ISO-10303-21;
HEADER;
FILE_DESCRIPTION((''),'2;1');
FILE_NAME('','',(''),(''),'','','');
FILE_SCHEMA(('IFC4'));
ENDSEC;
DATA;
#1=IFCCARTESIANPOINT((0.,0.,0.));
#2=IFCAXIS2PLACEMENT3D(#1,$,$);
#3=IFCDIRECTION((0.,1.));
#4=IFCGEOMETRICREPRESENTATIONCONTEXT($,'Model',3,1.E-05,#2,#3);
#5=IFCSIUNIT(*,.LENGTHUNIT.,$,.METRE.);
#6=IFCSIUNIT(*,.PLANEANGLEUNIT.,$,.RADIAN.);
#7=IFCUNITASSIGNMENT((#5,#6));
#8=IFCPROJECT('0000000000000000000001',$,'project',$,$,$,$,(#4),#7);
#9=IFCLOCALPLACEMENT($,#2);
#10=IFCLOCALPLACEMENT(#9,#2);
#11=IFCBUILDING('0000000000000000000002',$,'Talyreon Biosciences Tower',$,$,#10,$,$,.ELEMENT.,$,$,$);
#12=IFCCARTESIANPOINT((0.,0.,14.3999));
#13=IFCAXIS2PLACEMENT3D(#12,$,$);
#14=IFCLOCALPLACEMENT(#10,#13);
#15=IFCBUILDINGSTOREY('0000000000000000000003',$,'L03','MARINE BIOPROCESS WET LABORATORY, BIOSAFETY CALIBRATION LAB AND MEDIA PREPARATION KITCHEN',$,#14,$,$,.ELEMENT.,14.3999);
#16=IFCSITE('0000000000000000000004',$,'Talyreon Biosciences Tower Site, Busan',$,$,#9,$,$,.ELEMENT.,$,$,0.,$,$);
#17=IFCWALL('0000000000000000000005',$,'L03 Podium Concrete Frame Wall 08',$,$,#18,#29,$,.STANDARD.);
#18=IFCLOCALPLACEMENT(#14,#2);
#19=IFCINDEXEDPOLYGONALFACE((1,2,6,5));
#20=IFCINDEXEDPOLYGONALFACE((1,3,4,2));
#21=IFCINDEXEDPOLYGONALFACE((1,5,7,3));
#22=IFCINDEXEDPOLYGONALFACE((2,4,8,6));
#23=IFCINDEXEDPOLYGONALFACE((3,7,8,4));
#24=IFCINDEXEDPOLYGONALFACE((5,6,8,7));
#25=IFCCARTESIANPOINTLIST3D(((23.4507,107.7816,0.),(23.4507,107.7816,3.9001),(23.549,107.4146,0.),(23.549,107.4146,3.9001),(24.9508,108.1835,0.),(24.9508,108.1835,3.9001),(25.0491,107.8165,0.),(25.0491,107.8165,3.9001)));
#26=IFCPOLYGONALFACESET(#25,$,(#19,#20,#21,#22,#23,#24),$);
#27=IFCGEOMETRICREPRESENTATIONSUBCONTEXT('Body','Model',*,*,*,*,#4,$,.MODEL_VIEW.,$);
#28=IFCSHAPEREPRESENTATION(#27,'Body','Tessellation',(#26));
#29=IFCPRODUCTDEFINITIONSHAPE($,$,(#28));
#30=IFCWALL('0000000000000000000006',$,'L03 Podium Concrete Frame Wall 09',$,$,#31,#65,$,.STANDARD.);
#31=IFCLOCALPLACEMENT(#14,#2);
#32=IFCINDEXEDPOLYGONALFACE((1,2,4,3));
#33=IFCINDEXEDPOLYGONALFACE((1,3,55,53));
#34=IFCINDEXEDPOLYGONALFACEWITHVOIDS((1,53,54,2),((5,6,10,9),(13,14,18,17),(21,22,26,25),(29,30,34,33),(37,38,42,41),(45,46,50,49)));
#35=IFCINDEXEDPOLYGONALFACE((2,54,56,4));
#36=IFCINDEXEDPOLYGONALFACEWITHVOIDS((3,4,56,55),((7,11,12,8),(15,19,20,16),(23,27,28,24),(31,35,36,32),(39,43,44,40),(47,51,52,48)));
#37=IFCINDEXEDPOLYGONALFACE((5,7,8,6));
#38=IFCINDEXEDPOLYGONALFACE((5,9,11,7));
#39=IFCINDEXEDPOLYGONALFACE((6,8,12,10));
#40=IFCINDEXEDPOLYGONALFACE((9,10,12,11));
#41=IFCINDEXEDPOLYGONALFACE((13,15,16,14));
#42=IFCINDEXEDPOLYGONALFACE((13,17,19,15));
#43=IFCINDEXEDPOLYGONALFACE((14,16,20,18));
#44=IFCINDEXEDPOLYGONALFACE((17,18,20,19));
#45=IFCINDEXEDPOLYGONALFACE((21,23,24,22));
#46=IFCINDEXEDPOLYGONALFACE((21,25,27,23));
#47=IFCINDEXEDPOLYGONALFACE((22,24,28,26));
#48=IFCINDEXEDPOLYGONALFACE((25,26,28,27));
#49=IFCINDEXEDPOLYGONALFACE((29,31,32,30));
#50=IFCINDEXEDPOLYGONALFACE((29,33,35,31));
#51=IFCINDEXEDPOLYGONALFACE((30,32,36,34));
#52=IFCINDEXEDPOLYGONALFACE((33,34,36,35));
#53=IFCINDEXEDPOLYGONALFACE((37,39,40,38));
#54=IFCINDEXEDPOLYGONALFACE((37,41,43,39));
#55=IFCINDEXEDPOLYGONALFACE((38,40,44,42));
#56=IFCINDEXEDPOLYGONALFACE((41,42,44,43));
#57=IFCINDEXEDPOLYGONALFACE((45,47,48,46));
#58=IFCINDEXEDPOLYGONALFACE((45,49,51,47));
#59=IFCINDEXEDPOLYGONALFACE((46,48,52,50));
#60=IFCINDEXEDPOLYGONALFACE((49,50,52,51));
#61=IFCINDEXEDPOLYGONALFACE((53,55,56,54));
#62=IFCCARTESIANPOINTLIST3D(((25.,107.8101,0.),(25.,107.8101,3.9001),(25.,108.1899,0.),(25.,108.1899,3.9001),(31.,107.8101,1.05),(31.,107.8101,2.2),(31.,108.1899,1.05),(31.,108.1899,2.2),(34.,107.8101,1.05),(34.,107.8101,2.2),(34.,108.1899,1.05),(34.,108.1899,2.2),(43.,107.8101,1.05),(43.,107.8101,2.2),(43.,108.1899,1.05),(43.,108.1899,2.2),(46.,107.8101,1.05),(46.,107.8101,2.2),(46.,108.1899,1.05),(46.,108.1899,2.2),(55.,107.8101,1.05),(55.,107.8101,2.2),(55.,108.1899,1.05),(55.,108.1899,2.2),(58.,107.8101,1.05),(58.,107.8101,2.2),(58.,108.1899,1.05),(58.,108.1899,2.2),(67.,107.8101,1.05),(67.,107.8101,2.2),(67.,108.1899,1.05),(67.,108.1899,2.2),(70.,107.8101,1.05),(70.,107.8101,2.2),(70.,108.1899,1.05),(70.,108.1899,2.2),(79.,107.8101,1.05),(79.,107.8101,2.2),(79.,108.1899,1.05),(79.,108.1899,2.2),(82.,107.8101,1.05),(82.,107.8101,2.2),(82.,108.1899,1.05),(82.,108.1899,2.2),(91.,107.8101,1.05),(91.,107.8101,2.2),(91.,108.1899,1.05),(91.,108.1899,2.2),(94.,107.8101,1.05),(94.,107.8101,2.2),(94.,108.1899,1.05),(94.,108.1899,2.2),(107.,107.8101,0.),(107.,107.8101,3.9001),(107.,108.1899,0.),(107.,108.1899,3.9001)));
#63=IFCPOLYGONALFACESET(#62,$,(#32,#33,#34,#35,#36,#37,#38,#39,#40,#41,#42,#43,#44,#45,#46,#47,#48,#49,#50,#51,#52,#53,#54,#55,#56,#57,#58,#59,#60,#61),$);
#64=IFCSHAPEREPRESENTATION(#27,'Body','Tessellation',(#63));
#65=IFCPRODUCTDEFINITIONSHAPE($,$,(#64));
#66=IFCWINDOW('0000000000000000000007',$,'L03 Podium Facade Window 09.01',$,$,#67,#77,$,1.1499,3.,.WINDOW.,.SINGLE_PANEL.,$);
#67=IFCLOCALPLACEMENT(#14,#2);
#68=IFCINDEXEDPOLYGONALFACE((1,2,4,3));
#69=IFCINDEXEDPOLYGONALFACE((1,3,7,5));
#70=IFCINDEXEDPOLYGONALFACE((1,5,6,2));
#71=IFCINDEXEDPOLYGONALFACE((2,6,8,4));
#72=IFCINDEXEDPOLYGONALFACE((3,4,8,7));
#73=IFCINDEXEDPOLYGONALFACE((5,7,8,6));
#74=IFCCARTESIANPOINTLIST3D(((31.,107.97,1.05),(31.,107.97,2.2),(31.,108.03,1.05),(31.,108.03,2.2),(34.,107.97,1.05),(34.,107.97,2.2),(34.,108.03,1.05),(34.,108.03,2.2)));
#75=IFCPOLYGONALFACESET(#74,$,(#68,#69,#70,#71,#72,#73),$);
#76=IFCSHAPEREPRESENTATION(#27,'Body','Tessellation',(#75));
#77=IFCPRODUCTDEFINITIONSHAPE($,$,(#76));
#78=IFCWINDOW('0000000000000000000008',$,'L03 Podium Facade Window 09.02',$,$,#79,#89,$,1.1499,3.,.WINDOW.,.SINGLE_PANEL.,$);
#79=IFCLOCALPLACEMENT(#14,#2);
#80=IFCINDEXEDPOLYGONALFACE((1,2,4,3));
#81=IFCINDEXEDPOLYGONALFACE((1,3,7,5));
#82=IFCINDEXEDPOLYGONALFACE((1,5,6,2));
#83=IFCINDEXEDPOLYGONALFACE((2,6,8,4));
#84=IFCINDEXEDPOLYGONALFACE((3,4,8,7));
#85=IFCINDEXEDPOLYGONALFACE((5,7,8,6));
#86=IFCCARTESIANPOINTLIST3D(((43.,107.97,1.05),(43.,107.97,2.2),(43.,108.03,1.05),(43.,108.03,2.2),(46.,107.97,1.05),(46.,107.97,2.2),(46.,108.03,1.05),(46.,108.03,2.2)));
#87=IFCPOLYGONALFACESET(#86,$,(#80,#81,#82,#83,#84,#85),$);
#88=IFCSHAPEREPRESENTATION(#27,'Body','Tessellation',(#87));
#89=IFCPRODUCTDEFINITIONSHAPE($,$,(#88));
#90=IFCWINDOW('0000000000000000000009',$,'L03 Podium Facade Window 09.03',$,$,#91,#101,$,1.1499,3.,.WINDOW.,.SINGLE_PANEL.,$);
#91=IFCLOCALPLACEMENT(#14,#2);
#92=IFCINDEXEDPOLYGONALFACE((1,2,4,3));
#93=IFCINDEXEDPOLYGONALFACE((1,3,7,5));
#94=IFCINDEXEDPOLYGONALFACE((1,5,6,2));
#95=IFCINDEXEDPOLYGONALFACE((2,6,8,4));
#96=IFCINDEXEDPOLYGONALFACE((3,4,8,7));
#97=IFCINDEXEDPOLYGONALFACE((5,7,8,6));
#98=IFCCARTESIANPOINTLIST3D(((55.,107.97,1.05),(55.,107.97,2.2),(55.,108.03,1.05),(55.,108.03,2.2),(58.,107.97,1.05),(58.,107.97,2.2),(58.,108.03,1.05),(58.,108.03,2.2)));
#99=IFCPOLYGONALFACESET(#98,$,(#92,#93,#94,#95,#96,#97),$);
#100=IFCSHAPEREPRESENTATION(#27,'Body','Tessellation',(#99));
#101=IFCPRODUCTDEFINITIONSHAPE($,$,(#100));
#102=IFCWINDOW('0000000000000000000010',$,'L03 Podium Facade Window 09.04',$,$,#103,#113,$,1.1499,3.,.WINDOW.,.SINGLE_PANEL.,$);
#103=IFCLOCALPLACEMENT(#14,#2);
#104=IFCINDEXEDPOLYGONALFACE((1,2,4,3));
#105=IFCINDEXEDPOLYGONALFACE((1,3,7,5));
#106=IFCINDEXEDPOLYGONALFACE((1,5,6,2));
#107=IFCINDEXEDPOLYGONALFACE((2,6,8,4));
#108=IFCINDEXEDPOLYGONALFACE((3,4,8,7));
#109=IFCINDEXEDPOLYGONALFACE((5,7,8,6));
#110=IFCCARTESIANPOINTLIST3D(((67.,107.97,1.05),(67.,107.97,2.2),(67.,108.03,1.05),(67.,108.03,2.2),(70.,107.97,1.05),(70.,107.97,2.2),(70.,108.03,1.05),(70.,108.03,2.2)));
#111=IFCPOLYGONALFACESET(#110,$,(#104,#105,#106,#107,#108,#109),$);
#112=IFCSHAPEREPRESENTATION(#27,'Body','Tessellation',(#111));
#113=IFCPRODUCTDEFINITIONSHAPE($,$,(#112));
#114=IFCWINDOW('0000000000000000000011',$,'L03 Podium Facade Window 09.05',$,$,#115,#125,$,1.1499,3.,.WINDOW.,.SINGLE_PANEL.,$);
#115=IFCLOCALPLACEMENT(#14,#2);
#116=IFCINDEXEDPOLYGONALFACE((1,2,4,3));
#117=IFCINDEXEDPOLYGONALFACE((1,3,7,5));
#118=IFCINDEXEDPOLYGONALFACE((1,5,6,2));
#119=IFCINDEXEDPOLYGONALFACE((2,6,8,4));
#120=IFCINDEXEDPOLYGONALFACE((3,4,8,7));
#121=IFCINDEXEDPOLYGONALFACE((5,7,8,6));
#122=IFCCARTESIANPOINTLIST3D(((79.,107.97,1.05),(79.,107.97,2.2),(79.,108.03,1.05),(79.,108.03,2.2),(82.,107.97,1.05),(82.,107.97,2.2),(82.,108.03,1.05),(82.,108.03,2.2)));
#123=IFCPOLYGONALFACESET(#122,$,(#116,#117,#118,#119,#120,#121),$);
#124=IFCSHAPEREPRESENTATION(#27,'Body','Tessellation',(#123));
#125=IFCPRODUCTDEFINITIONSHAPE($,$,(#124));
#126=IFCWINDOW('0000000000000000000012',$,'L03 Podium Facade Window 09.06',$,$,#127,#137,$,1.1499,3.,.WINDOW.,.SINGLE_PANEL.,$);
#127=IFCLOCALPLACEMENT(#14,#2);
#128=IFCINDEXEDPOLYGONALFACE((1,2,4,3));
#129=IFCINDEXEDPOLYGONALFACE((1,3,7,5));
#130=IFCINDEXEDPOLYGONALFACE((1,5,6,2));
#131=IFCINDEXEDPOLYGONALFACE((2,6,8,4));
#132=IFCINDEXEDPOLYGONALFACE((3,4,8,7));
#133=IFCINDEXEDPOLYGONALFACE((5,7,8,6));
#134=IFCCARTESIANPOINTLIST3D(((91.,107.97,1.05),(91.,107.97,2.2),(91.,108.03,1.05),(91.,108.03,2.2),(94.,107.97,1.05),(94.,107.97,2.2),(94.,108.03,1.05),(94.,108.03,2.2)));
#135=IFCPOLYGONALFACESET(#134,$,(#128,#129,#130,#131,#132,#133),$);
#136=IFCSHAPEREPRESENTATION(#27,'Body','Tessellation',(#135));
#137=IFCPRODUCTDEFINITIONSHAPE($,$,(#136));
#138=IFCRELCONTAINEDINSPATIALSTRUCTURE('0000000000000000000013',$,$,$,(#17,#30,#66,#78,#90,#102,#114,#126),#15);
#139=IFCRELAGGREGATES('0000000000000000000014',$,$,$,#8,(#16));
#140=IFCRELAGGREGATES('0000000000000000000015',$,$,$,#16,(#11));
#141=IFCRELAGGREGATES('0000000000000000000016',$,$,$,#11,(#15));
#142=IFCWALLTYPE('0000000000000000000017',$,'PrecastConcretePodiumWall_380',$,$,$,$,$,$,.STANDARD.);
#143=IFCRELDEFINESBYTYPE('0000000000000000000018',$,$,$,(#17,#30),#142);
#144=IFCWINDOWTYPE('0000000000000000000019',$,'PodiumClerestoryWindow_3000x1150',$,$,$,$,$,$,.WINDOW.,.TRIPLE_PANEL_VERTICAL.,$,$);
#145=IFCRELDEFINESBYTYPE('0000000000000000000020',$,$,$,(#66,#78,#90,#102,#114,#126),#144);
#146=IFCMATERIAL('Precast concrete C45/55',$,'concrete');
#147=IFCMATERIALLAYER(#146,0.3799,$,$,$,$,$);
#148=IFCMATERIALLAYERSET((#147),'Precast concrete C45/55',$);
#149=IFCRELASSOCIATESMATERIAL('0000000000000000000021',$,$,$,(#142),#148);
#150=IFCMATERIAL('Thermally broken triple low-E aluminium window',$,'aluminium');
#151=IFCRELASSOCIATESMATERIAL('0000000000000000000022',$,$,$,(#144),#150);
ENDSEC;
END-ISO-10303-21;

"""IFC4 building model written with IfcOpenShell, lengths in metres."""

from ifc_helpers import new_model, si_unit, direction, frame, frame_2d, origin, place, context, subcontext, project, spatial, rectangle, extrude, material, layer, layer_set, type_object, element, fill, save


model = new_model("IFC4")

# Units and contexts
model_context = context("Model", 3, precision=1e-05, world=origin(), true_north=direction((0.0, 1.0)))
body_context = subcontext(model_context, "Body", "Model", "MODEL_VIEW")
ifc_project = project(units=[si_unit("LENGTHUNIT", "METRE"), si_unit("PLANEANGLEUNIT", "RADIAN")], contexts=[model_context])

# Site, building, storey
site_placement = place(None, origin())
site = spatial("IfcSite", under=ifc_project, at=site_placement, Name="Talyreon Biosciences Tower Site, Busan", CompositionType="ELEMENT", RefElevation=0.0)
building_placement = place(site_placement, origin())
building = spatial("IfcBuilding", under=site, at=building_placement, Name="Talyreon Biosciences Tower", CompositionType="ELEMENT")
storey_placement = place(building_placement, frame((0.0, 0.0, 14.3999)))
storey = spatial("IfcBuildingStorey", under=building, at=storey_placement, Name="L03", Description="MARINE BIOPROCESS WET LABORATORY, BIOSAFETY CALIBRATION LAB AND MEDIA PREPARATION KITCHEN", CompositionType="ELEMENT", Elevation=14.3999)

# Wall
ifc_material_1 = material(Name="Precast concrete C45/55", Category="concrete")
ifc_layer_1 = layer(ifc_material_1, 0.3799)
ifc_layer_set_1 = layer_set([ifc_layer_1], Name="Precast concrete C45/55")
wall_type_1 = type_object("IfcWallType", Name="PrecastConcretePodiumWall_380", PredefinedType="STANDARD", material=ifc_layer_set_1)
for number, where, z_axis, x_axis, name in (
    (1, (23.5, 107.5981, 0.0), (0.0, 0.0, 1.0), (0.965937, 0.258778, 0.0), "L03 Podium Concrete Frame Wall 08"),
):
    element("IfcWall", number, at=place(storey_placement, frame(where, z_axis=z_axis, x_axis=x_axis)), inside=storey, type_object=wall_type_1, Name=name, PredefinedType="STANDARD", context=body_context, shape_type="SweptSolid", body=[
        extrude(rectangle(XDim=1.553, YDim=0.3799, at=frame_2d((0.7764, 0.0))), origin(), (0.0, 0.0, 1.0), 3.9001),
    ])

# Wall, openings, windows
wall_1_placement = place(storey_placement, frame((25.0, 108.0, 0.0), z_axis=(0.0, 0.0, 1.0), x_axis=(1.0, 0.0, 0.0)))
wall_1 = element("IfcWall", 2, at=wall_1_placement, inside=storey, type_object=wall_type_1, Name="L03 Podium Concrete Frame Wall 09", PredefinedType="STANDARD", context=body_context, shape_type="SweptSolid", body=[
    extrude(rectangle(XDim=82.0, YDim=0.3799, at=frame_2d((41.0, 0.0))), origin(), (0.0, 0.0, 1.0), 3.9001),
])
opening_1_placement = place(wall_1_placement, frame((6.0, 0.0, 1.05)))
opening_1 = element("IfcOpeningElement", 3, at=opening_1_placement, cuts=wall_1, PredefinedType="OPENING", context=body_context, shape_type="SweptSolid", body=[
    extrude(rectangle(XDim=3.0, YDim=1.1499, at=frame_2d((1.5, 0.575))), frame((0.0, 0.2, 0.0), z_axis=(0.0, -1.0, 0.0), x_axis=(1.0, 0.0, 0.0)), (0.0, 0.0, 1.0), 0.3999),
])
opening_2_placement = place(wall_1_placement, frame((18.0, 0.0, 1.05)))
opening_2 = element("IfcOpeningElement", 4, at=opening_2_placement, cuts=wall_1, PredefinedType="OPENING", context=body_context, shape_type="SweptSolid", body=[
    extrude(rectangle(XDim=3.0, YDim=1.1499, at=frame_2d((1.5, 0.575))), frame((0.0, 0.2, 0.0), z_axis=(0.0, -1.0, 0.0), x_axis=(1.0, 0.0, 0.0)), (0.0, 0.0, 1.0), 0.3999),
])
opening_3_placement = place(wall_1_placement, frame((30.0, 0.0, 1.05)))
opening_3 = element("IfcOpeningElement", 5, at=opening_3_placement, cuts=wall_1, PredefinedType="OPENING", context=body_context, shape_type="SweptSolid", body=[
    extrude(rectangle(XDim=3.0, YDim=1.1499, at=frame_2d((1.5, 0.575))), frame((0.0, 0.2, 0.0), z_axis=(0.0, -1.0, 0.0), x_axis=(1.0, 0.0, 0.0)), (0.0, 0.0, 1.0), 0.3999),
])
opening_4_placement = place(wall_1_placement, frame((42.0, 0.0, 1.05)))
opening_4 = element("IfcOpeningElement", 6, at=opening_4_placement, cuts=wall_1, PredefinedType="OPENING", context=body_context, shape_type="SweptSolid", body=[
    extrude(rectangle(XDim=3.0, YDim=1.1499, at=frame_2d((1.5, 0.575))), frame((0.0, 0.2, 0.0), z_axis=(0.0, -1.0, 0.0), x_axis=(1.0, 0.0, 0.0)), (0.0, 0.0, 1.0), 0.3999),
])
opening_5_placement = place(wall_1_placement, frame((54.0, 0.0, 1.05)))
opening_5 = element("IfcOpeningElement", 7, at=opening_5_placement, cuts=wall_1, PredefinedType="OPENING", context=body_context, shape_type="SweptSolid", body=[
    extrude(rectangle(XDim=3.0, YDim=1.1499, at=frame_2d((1.5, 0.575))), frame((0.0, 0.2, 0.0), z_axis=(0.0, -1.0, 0.0), x_axis=(1.0, 0.0, 0.0)), (0.0, 0.0, 1.0), 0.3999),
])
opening_6_placement = place(wall_1_placement, frame((66.0, 0.0, 1.05)))
opening_6 = element("IfcOpeningElement", 8, at=opening_6_placement, cuts=wall_1, PredefinedType="OPENING", context=body_context, shape_type="SweptSolid", body=[
    extrude(rectangle(XDim=3.0, YDim=1.1499, at=frame_2d((1.5, 0.575))), frame((0.0, 0.2, 0.0), z_axis=(0.0, -1.0, 0.0), x_axis=(1.0, 0.0, 0.0)), (0.0, 0.0, 1.0), 0.3999),
])
ifc_material_2 = material(Name="Thermally broken triple low-E aluminium window", Category="aluminium")
window_type = type_object("IfcWindowType", Name="PodiumClerestoryWindow_3000x1150", PartitioningType="TRIPLE_PANEL_VERTICAL", PredefinedType="WINDOW", material=ifc_material_2)
window_1_placement = place(opening_1_placement, origin())
window_1 = element("IfcWindow", 9, at=window_1_placement, inside=storey, type_object=window_type, Name="L03 Podium Facade Window 09.01", OverallHeight=1.1499, OverallWidth=3.0, PartitioningType="SINGLE_PANEL", PredefinedType="WINDOW", context=body_context, shape_type="SweptSolid", body=[
    extrude(rectangle(XDim=3.0, YDim=1.1499, at=frame_2d((1.5, 0.575))), frame((0.0, 0.03, 0.0), z_axis=(0.0, -1.0, 0.0), x_axis=(1.0, 0.0, 0.0)), (0.0, 0.0, 1.0), 0.0601),
])
fill(opening_1, window_1)
window_2_placement = place(opening_2_placement, origin())
window_2 = element("IfcWindow", 10, at=window_2_placement, inside=storey, type_object=window_type, Name="L03 Podium Facade Window 09.02", OverallHeight=1.1499, OverallWidth=3.0, PartitioningType="SINGLE_PANEL", PredefinedType="WINDOW", context=body_context, shape_type="SweptSolid", body=[
    extrude(rectangle(XDim=3.0, YDim=1.1499, at=frame_2d((1.5, 0.575))), frame((0.0, 0.03, 0.0), z_axis=(0.0, -1.0, 0.0), x_axis=(1.0, 0.0, 0.0)), (0.0, 0.0, 1.0), 0.0601),
])
fill(opening_2, window_2)
window_3_placement = place(opening_3_placement, origin())
window_3 = element("IfcWindow", 11, at=window_3_placement, inside=storey, type_object=window_type, Name="L03 Podium Facade Window 09.03", OverallHeight=1.1499, OverallWidth=3.0, PartitioningType="SINGLE_PANEL", PredefinedType="WINDOW", context=body_context, shape_type="SweptSolid", body=[
    extrude(rectangle(XDim=3.0, YDim=1.1499, at=frame_2d((1.5, 0.575))), frame((0.0, 0.03, 0.0), z_axis=(0.0, -1.0, 0.0), x_axis=(1.0, 0.0, 0.0)), (0.0, 0.0, 1.0), 0.0601),
])
fill(opening_3, window_3)
window_4_placement = place(opening_4_placement, origin())
window_4 = element("IfcWindow", 12, at=window_4_placement, inside=storey, type_object=window_type, Name="L03 Podium Facade Window 09.04", OverallHeight=1.1499, OverallWidth=3.0, PartitioningType="SINGLE_PANEL", PredefinedType="WINDOW", context=body_context, shape_type="SweptSolid", body=[
    extrude(rectangle(XDim=3.0, YDim=1.1499, at=frame_2d((1.5, 0.575))), frame((0.0, 0.03, 0.0), z_axis=(0.0, -1.0, 0.0), x_axis=(1.0, 0.0, 0.0)), (0.0, 0.0, 1.0), 0.0601),
])
fill(opening_4, window_4)
window_5_placement = place(opening_5_placement, origin())
window_5 = element("IfcWindow", 13, at=window_5_placement, inside=storey, type_object=window_type, Name="L03 Podium Facade Window 09.05", OverallHeight=1.1499, OverallWidth=3.0, PartitioningType="SINGLE_PANEL", PredefinedType="WINDOW", context=body_context, shape_type="SweptSolid", body=[
    extrude(rectangle(XDim=3.0, YDim=1.1499, at=frame_2d((1.5, 0.575))), frame((0.0, 0.03, 0.0), z_axis=(0.0, -1.0, 0.0), x_axis=(1.0, 0.0, 0.0)), (0.0, 0.0, 1.0), 0.0601),
])
fill(opening_5, window_5)
window_6_placement = place(opening_6_placement, origin())
window_6 = element("IfcWindow", 14, at=window_6_placement, inside=storey, type_object=window_type, Name="L03 Podium Facade Window 09.06", OverallHeight=1.1499, OverallWidth=3.0, PartitioningType="SINGLE_PANEL", PredefinedType="WINDOW", context=body_context, shape_type="SweptSolid", body=[
    extrude(rectangle(XDim=3.0, YDim=1.1499, at=frame_2d((1.5, 0.575))), frame((0.0, 0.03, 0.0), z_axis=(0.0, -1.0, 0.0), x_axis=(1.0, 0.0, 0.0)), (0.0, 0.0, 1.0), 0.0601),
])
fill(opening_6, window_6)

save(model, "model.ifc")
